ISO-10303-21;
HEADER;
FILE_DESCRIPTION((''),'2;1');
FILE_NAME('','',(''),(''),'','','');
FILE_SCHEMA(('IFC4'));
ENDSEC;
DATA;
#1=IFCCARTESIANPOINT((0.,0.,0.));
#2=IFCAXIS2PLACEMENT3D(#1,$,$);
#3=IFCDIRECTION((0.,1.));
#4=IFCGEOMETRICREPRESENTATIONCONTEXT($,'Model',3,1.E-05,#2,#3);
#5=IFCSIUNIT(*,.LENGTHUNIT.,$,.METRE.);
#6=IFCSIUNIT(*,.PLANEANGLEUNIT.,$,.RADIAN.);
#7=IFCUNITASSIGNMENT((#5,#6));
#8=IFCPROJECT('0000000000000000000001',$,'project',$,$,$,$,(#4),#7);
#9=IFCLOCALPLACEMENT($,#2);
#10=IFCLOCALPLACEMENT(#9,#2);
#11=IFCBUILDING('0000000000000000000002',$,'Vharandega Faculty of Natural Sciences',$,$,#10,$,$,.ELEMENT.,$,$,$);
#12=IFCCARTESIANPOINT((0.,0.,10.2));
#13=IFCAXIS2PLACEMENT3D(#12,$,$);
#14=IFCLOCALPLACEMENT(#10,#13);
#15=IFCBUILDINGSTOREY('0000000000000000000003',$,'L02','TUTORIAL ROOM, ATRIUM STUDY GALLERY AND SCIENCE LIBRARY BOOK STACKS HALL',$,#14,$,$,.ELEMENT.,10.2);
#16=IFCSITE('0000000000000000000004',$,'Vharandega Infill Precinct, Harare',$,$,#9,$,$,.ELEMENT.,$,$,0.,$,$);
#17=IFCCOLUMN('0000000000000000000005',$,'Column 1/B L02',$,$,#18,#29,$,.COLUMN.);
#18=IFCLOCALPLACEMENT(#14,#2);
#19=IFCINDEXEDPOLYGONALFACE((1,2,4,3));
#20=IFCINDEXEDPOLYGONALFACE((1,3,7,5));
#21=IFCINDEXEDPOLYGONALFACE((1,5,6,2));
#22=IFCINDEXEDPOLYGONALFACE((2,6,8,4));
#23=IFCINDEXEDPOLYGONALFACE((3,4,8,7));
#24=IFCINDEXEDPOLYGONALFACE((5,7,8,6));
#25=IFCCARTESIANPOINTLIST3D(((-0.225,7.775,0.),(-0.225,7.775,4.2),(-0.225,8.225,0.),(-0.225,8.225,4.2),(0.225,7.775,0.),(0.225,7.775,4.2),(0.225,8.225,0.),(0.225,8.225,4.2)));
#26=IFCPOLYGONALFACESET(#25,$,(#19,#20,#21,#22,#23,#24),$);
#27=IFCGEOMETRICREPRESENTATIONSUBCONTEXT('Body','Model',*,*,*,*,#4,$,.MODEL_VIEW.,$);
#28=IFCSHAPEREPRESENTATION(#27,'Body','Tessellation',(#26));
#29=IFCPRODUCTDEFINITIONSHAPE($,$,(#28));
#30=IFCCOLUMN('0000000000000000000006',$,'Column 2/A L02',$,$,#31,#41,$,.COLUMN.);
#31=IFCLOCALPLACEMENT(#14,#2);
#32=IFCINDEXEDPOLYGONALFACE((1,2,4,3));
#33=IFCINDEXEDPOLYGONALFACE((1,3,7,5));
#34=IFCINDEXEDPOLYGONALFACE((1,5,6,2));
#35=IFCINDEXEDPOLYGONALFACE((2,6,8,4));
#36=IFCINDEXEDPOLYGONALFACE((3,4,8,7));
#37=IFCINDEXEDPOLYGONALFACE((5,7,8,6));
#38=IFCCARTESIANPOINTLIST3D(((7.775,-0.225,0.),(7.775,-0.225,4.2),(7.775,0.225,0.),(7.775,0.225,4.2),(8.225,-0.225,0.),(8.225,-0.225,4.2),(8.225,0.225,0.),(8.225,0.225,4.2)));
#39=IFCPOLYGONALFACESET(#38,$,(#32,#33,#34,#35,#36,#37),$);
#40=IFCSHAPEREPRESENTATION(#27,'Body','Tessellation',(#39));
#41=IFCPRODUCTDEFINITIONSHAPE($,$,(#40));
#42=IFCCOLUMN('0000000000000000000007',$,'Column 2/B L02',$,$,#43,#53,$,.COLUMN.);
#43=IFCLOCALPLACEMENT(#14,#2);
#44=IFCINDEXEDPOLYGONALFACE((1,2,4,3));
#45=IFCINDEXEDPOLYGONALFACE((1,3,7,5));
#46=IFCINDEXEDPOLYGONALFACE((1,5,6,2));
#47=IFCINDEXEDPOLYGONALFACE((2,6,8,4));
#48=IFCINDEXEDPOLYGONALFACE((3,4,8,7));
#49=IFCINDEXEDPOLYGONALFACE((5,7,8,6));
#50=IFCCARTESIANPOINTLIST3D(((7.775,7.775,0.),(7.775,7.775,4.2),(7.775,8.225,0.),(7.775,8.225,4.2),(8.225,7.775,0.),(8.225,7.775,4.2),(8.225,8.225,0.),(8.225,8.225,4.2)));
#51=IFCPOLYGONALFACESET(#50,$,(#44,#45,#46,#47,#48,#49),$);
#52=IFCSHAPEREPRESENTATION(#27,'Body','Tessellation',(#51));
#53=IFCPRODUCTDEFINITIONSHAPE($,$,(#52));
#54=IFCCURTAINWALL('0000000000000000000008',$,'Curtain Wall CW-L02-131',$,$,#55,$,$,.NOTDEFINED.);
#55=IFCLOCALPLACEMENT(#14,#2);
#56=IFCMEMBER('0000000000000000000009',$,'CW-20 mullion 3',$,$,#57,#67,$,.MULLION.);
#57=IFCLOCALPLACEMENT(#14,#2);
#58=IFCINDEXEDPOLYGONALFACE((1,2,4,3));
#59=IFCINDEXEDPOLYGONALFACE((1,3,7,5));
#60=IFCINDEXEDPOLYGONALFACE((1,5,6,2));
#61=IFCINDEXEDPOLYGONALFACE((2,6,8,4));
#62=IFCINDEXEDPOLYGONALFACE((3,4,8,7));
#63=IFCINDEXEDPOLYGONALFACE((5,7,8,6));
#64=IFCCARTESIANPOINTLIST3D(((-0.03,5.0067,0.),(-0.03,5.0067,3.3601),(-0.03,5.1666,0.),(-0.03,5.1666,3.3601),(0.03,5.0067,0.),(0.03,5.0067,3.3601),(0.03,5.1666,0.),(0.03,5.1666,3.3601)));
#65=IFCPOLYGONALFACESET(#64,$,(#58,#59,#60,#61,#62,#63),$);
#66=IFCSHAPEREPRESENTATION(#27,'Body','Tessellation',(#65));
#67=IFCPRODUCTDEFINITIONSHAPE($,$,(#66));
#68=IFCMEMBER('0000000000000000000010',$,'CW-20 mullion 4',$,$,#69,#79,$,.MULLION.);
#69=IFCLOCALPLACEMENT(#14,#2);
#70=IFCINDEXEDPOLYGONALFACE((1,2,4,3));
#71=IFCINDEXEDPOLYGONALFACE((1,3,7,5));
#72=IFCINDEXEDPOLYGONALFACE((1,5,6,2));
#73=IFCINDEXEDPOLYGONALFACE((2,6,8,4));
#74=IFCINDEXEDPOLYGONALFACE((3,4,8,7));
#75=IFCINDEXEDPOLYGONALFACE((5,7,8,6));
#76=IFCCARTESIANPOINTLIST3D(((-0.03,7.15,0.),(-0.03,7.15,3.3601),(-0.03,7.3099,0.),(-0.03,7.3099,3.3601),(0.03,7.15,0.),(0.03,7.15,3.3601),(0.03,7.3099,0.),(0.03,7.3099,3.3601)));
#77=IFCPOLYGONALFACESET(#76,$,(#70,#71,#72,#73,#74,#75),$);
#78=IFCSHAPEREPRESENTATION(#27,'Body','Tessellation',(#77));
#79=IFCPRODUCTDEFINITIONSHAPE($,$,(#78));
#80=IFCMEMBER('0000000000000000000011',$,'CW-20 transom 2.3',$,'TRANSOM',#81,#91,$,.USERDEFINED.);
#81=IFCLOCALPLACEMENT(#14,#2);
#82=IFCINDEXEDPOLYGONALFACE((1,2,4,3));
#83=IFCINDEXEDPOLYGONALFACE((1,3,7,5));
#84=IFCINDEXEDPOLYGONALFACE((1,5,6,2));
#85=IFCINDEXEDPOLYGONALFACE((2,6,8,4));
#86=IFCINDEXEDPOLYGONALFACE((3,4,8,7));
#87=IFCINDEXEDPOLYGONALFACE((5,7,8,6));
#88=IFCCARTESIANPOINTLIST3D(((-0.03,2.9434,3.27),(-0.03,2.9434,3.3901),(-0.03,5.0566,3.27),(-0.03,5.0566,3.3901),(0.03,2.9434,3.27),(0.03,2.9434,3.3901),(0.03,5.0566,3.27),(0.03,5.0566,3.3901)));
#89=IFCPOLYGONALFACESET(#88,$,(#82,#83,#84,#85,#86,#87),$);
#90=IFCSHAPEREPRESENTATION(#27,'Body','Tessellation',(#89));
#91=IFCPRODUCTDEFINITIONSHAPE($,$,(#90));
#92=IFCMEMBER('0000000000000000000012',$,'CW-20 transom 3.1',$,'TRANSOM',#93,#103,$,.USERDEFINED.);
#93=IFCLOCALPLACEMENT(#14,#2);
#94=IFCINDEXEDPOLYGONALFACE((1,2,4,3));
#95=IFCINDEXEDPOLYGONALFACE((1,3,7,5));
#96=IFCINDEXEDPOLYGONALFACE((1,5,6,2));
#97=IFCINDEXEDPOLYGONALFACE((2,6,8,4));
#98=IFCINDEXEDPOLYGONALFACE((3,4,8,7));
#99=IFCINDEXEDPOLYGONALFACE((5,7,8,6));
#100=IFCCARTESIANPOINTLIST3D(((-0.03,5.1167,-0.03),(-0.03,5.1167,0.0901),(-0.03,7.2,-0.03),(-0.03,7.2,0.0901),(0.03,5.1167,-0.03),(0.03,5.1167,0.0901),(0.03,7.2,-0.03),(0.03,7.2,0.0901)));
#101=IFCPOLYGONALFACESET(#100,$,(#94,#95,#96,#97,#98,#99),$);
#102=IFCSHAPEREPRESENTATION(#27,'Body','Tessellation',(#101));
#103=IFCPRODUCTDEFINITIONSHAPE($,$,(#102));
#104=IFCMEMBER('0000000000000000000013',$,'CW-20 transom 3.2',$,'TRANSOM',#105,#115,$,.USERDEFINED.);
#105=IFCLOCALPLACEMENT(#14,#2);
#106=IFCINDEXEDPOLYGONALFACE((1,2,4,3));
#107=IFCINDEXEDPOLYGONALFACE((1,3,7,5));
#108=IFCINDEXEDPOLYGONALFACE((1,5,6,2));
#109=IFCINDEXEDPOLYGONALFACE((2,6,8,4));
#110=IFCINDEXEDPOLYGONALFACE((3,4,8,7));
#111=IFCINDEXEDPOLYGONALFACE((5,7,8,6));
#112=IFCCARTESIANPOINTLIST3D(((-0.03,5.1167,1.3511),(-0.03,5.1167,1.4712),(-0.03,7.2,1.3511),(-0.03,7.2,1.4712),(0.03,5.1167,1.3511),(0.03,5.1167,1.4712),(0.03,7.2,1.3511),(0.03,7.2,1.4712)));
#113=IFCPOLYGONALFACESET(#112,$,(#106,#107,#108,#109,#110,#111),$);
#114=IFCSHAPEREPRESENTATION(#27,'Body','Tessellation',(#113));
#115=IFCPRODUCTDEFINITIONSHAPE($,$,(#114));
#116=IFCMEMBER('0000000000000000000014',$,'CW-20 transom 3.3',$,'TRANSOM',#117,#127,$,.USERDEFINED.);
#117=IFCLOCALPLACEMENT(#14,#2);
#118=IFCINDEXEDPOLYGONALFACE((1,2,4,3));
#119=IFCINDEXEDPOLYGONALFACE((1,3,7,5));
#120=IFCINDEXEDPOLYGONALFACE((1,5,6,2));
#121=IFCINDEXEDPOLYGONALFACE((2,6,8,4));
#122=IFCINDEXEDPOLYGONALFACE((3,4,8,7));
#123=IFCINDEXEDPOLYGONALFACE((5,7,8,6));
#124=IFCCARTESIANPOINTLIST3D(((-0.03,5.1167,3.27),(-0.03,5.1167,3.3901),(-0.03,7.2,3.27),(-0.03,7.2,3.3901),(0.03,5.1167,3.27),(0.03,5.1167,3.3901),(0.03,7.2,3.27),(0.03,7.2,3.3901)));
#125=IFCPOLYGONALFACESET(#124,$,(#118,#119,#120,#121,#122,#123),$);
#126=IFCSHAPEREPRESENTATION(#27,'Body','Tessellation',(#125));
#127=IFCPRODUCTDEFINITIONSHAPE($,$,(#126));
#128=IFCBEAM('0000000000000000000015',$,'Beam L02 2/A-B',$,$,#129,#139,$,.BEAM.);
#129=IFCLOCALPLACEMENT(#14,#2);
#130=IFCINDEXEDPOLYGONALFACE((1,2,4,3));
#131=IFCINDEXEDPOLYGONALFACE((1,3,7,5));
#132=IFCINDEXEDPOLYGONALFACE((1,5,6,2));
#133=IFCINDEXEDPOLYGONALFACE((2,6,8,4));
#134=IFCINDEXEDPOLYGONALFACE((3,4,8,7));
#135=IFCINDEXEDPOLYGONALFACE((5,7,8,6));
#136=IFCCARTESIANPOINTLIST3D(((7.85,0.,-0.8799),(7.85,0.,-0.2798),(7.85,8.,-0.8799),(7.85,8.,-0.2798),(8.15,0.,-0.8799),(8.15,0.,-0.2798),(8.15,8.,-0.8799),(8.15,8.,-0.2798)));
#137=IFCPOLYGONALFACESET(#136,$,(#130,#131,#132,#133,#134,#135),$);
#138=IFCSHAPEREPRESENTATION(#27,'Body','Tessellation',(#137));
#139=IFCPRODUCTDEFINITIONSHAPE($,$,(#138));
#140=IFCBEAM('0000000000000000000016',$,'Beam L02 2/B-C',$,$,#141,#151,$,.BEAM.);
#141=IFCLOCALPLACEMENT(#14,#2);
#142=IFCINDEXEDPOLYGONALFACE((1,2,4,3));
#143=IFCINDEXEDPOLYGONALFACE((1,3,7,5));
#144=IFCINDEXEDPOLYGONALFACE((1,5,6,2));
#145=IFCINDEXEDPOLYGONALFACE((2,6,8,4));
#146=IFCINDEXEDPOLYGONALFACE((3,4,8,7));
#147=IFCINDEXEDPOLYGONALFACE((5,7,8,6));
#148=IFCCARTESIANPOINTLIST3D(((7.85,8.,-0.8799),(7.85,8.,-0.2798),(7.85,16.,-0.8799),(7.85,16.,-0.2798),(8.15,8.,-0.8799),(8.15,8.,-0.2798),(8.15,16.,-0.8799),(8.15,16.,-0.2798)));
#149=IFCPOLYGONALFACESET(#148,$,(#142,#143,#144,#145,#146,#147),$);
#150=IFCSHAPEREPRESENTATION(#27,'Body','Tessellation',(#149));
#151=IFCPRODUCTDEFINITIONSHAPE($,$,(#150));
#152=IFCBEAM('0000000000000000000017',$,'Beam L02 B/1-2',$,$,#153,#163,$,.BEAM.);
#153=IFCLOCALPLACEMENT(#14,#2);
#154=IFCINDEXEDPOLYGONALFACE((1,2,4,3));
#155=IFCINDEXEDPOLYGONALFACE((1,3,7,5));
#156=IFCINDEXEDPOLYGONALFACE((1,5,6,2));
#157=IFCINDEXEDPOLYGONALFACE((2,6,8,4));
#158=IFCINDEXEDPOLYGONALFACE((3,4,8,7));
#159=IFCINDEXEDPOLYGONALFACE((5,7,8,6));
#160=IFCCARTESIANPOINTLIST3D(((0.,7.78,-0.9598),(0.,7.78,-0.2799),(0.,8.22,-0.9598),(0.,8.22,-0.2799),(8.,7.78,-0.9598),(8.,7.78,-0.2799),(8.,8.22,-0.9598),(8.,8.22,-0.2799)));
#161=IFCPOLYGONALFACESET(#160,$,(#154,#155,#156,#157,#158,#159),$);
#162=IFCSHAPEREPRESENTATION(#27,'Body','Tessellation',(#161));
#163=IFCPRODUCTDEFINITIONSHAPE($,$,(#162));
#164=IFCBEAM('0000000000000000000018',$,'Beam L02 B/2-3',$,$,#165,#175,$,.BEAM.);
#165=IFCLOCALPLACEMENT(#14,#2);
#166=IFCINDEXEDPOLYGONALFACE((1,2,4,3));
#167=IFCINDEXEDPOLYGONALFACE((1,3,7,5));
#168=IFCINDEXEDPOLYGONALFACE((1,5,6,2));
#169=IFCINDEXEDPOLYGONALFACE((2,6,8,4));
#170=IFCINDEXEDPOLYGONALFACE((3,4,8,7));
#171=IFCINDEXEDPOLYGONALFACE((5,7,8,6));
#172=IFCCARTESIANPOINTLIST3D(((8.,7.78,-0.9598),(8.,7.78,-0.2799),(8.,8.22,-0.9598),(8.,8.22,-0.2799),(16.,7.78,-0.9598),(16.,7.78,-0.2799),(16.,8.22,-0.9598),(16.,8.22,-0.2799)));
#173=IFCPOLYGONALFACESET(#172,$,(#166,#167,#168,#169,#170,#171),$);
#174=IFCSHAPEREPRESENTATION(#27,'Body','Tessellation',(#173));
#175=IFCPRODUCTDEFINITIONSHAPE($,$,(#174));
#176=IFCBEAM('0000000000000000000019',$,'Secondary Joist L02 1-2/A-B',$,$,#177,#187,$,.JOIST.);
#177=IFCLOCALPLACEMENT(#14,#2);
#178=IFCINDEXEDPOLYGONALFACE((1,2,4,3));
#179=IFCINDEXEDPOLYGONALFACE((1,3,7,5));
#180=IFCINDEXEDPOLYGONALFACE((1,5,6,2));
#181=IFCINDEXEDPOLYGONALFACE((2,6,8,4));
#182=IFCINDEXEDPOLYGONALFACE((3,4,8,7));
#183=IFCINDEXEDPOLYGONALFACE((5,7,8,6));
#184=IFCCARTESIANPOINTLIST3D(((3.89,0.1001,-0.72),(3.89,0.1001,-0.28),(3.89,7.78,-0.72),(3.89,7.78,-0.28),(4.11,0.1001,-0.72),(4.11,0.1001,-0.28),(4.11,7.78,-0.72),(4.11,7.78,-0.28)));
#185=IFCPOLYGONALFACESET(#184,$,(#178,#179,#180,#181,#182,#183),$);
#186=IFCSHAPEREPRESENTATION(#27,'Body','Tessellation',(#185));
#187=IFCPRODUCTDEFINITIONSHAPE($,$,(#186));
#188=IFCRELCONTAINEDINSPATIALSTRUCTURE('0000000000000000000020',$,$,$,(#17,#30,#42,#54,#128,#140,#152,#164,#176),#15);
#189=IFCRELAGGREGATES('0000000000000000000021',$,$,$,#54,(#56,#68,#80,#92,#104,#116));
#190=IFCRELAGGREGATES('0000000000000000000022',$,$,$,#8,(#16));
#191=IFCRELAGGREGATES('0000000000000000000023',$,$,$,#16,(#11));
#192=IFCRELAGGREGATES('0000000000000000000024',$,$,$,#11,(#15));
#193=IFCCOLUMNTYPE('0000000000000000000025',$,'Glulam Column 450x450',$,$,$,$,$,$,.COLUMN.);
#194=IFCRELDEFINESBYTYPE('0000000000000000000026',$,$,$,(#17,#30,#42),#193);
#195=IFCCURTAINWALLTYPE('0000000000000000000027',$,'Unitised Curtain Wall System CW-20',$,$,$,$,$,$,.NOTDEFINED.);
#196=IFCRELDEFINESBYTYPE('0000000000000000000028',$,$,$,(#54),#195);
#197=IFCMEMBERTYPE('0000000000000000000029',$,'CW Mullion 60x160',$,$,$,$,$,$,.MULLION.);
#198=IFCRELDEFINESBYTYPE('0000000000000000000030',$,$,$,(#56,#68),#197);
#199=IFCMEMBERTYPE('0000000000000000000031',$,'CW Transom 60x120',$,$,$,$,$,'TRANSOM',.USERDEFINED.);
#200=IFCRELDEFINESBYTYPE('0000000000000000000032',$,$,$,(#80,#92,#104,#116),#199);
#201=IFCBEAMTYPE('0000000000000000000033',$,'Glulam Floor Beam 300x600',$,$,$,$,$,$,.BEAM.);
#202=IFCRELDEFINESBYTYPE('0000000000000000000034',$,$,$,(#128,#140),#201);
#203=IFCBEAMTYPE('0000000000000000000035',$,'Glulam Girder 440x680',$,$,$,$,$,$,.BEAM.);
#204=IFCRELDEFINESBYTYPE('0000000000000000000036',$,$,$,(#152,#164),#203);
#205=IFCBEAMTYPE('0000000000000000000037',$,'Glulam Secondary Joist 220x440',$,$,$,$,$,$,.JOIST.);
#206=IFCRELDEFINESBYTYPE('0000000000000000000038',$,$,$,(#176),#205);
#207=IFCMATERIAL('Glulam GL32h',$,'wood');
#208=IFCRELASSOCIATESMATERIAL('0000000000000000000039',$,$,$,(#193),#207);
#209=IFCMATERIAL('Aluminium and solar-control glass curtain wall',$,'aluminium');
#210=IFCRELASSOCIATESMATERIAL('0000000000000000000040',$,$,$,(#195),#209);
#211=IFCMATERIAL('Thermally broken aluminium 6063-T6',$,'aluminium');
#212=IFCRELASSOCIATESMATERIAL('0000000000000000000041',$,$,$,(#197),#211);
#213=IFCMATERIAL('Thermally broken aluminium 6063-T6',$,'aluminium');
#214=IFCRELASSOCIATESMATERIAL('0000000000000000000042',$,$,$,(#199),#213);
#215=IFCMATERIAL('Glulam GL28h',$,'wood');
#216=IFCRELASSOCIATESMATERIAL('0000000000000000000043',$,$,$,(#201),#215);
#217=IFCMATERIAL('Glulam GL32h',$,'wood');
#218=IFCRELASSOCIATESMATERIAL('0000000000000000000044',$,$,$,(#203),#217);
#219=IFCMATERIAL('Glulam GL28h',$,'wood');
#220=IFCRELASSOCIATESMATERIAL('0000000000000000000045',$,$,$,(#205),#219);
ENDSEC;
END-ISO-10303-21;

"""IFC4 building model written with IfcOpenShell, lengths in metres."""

from ifc_helpers import new_model, si_unit, direction, frame, origin, origin_2d, place, context, subcontext, project, spatial, rectangle, extrude, material, material_profile, profile_set, type_object, element, aggregate, save


model = new_model("IFC4")

# Units and contexts
model_context = context("Model", 3, precision=1e-05, world=origin(), true_north=direction((0.0, 1.0)))
body_context = subcontext(model_context, "Body", "Model", "MODEL_VIEW")
ifc_project = project(units=[si_unit("LENGTHUNIT", "METRE"), si_unit("PLANEANGLEUNIT", "RADIAN")], contexts=[model_context])

# Site, building, storey
site_placement = place(None, origin())
site = spatial("IfcSite", under=ifc_project, at=site_placement, Name="Vharandega Infill Precinct, Harare", CompositionType="ELEMENT", RefElevation=0.0)
building_placement = place(site_placement, origin())
building = spatial("IfcBuilding", under=site, at=building_placement, Name="Vharandega Faculty of Natural Sciences", CompositionType="ELEMENT")
storey_placement = place(building_placement, frame((0.0, 0.0, 10.2)))
storey = spatial("IfcBuildingStorey", under=building, at=storey_placement, Name="L02", Description="TUTORIAL ROOM, ATRIUM STUDY GALLERY AND SCIENCE LIBRARY BOOK STACKS HALL", CompositionType="ELEMENT", Elevation=10.2)

# Columns
ifc_material_1 = material(Name="Glulam GL32h", Category="wood")
ifc_material_profile_1 = material_profile(ifc_material_1, rectangle(XDim=0.45, YDim=0.45, at=origin_2d()), Name="GL32h 450x450")
ifc_profile_set_1 = profile_set([ifc_material_profile_1], Name="Glulam GL32h")
column_type = type_object("IfcColumnType", Name="Glulam Column 450x450", PredefinedType="COLUMN", material=ifc_profile_set_1)
for number, where, z_axis, x_axis, name in (
    (1, (0.0, 8.0, 0.0), (0.0, 0.0, 1.0), (1.0, 0.0, 0.0), "Column 1/B L02"),
    (2, (8.0, 0.0, 0.0), (0.0, 0.0, 1.0), (1.0, 0.0, 0.0), "Column 2/A L02"),
    (3, (8.0, 8.0, 0.0), (0.0, 0.0, 1.0), (1.0, 0.0, 0.0), "Column 2/B L02"),
):
    element("IfcColumn", number, at=place(storey_placement, frame(where, z_axis=z_axis, x_axis=x_axis)), inside=storey, type_object=column_type, Name=name, PredefinedType="COLUMN", context=body_context, shape_type="SweptSolid", body=[
        extrude(rectangle(XDim=0.45, YDim=0.45, at=origin_2d()), origin(), (0.0, 0.0, 1.0), 4.2),
    ])

# Curtain wall, members
ifc_material_2 = material(Name="Aluminium and solar-control glass curtain wall", Category="aluminium")
curtain_wall_type = type_object("IfcCurtainWallType", Name="Unitised Curtain Wall System CW-20", PredefinedType="NOTDEFINED", material=ifc_material_2)
curtain_wall_placement = place(storey_placement, origin())
curtain_wall = element("IfcCurtainWall", 4, at=curtain_wall_placement, inside=storey, type_object=curtain_wall_type, Name="Curtain Wall CW-L02-131", PredefinedType="NOTDEFINED")
ifc_material_3 = material(Name="Thermally broken aluminium 6063-T6", Category="aluminium")
ifc_material_profile_2 = material_profile(ifc_material_3, rectangle(XDim=0.0601, YDim=0.1599, at=origin_2d()), Name="ALU 60x160")
ifc_profile_set_2 = profile_set([ifc_material_profile_2], Name="Thermally broken aluminium 6063-T6")
member_type_1 = type_object("IfcMemberType", Name="CW Mullion 60x160", PredefinedType="MULLION", material=ifc_profile_set_2)
member_1_placement = place(storey_placement, frame((0.0, 5.0867, 0.0), z_axis=(0.0, 0.0, 1.0), x_axis=(-1.0, 0.0, 0.0)))
member_1 = element("IfcMember", 5, at=member_1_placement, type_object=member_type_1, Name="CW-20 mullion 3", PredefinedType="MULLION", context=body_context, shape_type="SweptSolid", body=[
    extrude(rectangle(XDim=0.0601, YDim=0.1599, at=origin_2d()), origin(), (0.0, 0.0, 1.0), 3.3601),
])
member_2_placement = place(storey_placement, frame((0.0, 7.23, 0.0), z_axis=(0.0, 0.0, 1.0), x_axis=(-1.0, 0.0, 0.0)))
member_2 = element("IfcMember", 6, at=member_2_placement, type_object=member_type_1, Name="CW-20 mullion 4", PredefinedType="MULLION", context=body_context, shape_type="SweptSolid", body=[
    extrude(rectangle(XDim=0.0601, YDim=0.1599, at=origin_2d()), origin(), (0.0, 0.0, 1.0), 3.3601),
])
ifc_material_4 = material(Name="Thermally broken aluminium 6063-T6", Category="aluminium")
ifc_material_profile_3 = material_profile(ifc_material_4, rectangle(XDim=0.0601, YDim=0.1201, at=origin_2d()), Name="ALU 60x120")
ifc_profile_set_3 = profile_set([ifc_material_profile_3], Name="Thermally broken aluminium 6063-T6")
member_type_2 = type_object("IfcMemberType", Name="CW Transom 60x120", ElementType="TRANSOM", PredefinedType="USERDEFINED", material=ifc_profile_set_3)
member_3_placement = place(storey_placement, frame((0.0, 2.9434, 3.3301), z_axis=(0.0, 1.0, 0.0), x_axis=(-1.0, 0.0, 0.0)))
member_3 = element("IfcMember", 7, at=member_3_placement, type_object=member_type_2, Name="CW-20 transom 2.3", ObjectType="TRANSOM", PredefinedType="USERDEFINED", context=body_context, shape_type="SweptSolid", body=[
    extrude(rectangle(XDim=0.0601, YDim=0.1201, at=origin_2d()), origin(), (0.0, 0.0, 1.0), 2.1133),
])
member_4_placement = place(storey_placement, frame((0.0, 5.1167, 0.03), z_axis=(0.0, 1.0, 0.0), x_axis=(-1.0, 0.0, 0.0)))
member_4 = element("IfcMember", 8, at=member_4_placement, type_object=member_type_2, Name="CW-20 transom 3.1", ObjectType="TRANSOM", PredefinedType="USERDEFINED", context=body_context, shape_type="SweptSolid", body=[
    extrude(rectangle(XDim=0.0601, YDim=0.1201, at=origin_2d()), origin(), (0.0, 0.0, 1.0), 2.0833),
])
member_5_placement = place(storey_placement, frame((0.0, 5.1167, 1.4111), z_axis=(0.0, 1.0, 0.0), x_axis=(-1.0, 0.0, 0.0)))
member_5 = element("IfcMember", 9, at=member_5_placement, type_object=member_type_2, Name="CW-20 transom 3.2", ObjectType="TRANSOM", PredefinedType="USERDEFINED", context=body_context, shape_type="SweptSolid", body=[
    extrude(rectangle(XDim=0.0601, YDim=0.1201, at=origin_2d()), origin(), (0.0, 0.0, 1.0), 2.0833),
])
member_6_placement = place(storey_placement, frame((0.0, 5.1167, 3.3301), z_axis=(0.0, 1.0, 0.0), x_axis=(-1.0, 0.0, 0.0)))
member_6 = element("IfcMember", 10, at=member_6_placement, type_object=member_type_2, Name="CW-20 transom 3.3", ObjectType="TRANSOM", PredefinedType="USERDEFINED", context=body_context, shape_type="SweptSolid", body=[
    extrude(rectangle(XDim=0.0601, YDim=0.1201, at=origin_2d()), origin(), (0.0, 0.0, 1.0), 2.0833),
])

# Beams
ifc_material_5 = material(Name="Glulam GL28h", Category="wood")
ifc_material_profile_4 = material_profile(ifc_material_5, rectangle(XDim=0.3, YDim=0.6001, at=origin_2d()), Name="GL28h 300x600")
ifc_profile_set_4 = profile_set([ifc_material_profile_4], Name="Glulam GL28h")
beam_type_1 = type_object("IfcBeamType", Name="Glulam Floor Beam 300x600", PredefinedType="BEAM", material=ifc_profile_set_4)
for number, where, z_axis, x_axis, name in (
    (11, (8.0, 0.0, -0.5798), (0.0, 1.0, 0.0), (-1.0, 0.0, 0.0), "Beam L02 2/A-B"),
    (12, (8.0, 8.0, -0.5798), (0.0, 1.0, 0.0), (-1.0, 0.0, 0.0), "Beam L02 2/B-C"),
):
    element("IfcBeam", number, at=place(storey_placement, frame(where, z_axis=z_axis, x_axis=x_axis)), inside=storey, type_object=beam_type_1, Name=name, PredefinedType="BEAM", context=body_context, shape_type="SweptSolid", body=[
        extrude(rectangle(XDim=0.3, YDim=0.6001, at=origin_2d()), origin(), (0.0, 0.0, 1.0), 8.0),
    ])
ifc_material_6 = material(Name="Glulam GL32h", Category="wood")
ifc_material_profile_5 = material_profile(ifc_material_6, rectangle(XDim=0.4399, YDim=0.6799, at=origin_2d()), Name="GL32h 440x680")
ifc_profile_set_5 = profile_set([ifc_material_profile_5], Name="Glulam GL32h")
beam_type_2 = type_object("IfcBeamType", Name="Glulam Girder 440x680", PredefinedType="BEAM", material=ifc_profile_set_5)
for number, where, z_axis, x_axis, name in (
    (13, (0.0, 8.0, -0.6199), (1.0, 0.0, 0.0), (0.0, 1.0, 0.0), "Beam L02 B/1-2"),
    (14, (8.0, 8.0, -0.6199), (1.0, 0.0, 0.0), (0.0, 1.0, 0.0), "Beam L02 B/2-3"),
):
    element("IfcBeam", number, at=place(storey_placement, frame(where, z_axis=z_axis, x_axis=x_axis)), inside=storey, type_object=beam_type_2, Name=name, PredefinedType="BEAM", context=body_context, shape_type="SweptSolid", body=[
        extrude(rectangle(XDim=0.4399, YDim=0.6799, at=origin_2d()), origin(), (0.0, 0.0, 1.0), 8.0),
    ])
ifc_material_7 = material(Name="Glulam GL28h", Category="wood")
ifc_material_profile_6 = material_profile(ifc_material_7, rectangle(XDim=0.22, YDim=0.4399, at=origin_2d()), Name="GL28h 220x440")
ifc_profile_set_6 = profile_set([ifc_material_profile_6], Name="Glulam GL28h")
beam_type_3 = type_object("IfcBeamType", Name="Glulam Secondary Joist 220x440", PredefinedType="JOIST", material=ifc_profile_set_6)
beam_1_placement = place(storey_placement, frame((4.0, 0.1001, -0.5), z_axis=(0.0, 1.0, 0.0), x_axis=(-1.0, 0.0, 0.0)))
element("IfcBeam", 15, at=beam_1_placement, inside=storey, type_object=beam_type_3, Name="Secondary Joist L02 1-2/A-B", PredefinedType="JOIST", context=body_context, shape_type="SweptSolid", body=[
    extrude(rectangle(XDim=0.22, YDim=0.4399, at=origin_2d()), origin(), (0.0, 0.0, 1.0), 7.6799),
])

aggregate(curtain_wall, [member_1, member_2, member_3, member_4, member_5, member_6])

save(model, "model.ifc")
